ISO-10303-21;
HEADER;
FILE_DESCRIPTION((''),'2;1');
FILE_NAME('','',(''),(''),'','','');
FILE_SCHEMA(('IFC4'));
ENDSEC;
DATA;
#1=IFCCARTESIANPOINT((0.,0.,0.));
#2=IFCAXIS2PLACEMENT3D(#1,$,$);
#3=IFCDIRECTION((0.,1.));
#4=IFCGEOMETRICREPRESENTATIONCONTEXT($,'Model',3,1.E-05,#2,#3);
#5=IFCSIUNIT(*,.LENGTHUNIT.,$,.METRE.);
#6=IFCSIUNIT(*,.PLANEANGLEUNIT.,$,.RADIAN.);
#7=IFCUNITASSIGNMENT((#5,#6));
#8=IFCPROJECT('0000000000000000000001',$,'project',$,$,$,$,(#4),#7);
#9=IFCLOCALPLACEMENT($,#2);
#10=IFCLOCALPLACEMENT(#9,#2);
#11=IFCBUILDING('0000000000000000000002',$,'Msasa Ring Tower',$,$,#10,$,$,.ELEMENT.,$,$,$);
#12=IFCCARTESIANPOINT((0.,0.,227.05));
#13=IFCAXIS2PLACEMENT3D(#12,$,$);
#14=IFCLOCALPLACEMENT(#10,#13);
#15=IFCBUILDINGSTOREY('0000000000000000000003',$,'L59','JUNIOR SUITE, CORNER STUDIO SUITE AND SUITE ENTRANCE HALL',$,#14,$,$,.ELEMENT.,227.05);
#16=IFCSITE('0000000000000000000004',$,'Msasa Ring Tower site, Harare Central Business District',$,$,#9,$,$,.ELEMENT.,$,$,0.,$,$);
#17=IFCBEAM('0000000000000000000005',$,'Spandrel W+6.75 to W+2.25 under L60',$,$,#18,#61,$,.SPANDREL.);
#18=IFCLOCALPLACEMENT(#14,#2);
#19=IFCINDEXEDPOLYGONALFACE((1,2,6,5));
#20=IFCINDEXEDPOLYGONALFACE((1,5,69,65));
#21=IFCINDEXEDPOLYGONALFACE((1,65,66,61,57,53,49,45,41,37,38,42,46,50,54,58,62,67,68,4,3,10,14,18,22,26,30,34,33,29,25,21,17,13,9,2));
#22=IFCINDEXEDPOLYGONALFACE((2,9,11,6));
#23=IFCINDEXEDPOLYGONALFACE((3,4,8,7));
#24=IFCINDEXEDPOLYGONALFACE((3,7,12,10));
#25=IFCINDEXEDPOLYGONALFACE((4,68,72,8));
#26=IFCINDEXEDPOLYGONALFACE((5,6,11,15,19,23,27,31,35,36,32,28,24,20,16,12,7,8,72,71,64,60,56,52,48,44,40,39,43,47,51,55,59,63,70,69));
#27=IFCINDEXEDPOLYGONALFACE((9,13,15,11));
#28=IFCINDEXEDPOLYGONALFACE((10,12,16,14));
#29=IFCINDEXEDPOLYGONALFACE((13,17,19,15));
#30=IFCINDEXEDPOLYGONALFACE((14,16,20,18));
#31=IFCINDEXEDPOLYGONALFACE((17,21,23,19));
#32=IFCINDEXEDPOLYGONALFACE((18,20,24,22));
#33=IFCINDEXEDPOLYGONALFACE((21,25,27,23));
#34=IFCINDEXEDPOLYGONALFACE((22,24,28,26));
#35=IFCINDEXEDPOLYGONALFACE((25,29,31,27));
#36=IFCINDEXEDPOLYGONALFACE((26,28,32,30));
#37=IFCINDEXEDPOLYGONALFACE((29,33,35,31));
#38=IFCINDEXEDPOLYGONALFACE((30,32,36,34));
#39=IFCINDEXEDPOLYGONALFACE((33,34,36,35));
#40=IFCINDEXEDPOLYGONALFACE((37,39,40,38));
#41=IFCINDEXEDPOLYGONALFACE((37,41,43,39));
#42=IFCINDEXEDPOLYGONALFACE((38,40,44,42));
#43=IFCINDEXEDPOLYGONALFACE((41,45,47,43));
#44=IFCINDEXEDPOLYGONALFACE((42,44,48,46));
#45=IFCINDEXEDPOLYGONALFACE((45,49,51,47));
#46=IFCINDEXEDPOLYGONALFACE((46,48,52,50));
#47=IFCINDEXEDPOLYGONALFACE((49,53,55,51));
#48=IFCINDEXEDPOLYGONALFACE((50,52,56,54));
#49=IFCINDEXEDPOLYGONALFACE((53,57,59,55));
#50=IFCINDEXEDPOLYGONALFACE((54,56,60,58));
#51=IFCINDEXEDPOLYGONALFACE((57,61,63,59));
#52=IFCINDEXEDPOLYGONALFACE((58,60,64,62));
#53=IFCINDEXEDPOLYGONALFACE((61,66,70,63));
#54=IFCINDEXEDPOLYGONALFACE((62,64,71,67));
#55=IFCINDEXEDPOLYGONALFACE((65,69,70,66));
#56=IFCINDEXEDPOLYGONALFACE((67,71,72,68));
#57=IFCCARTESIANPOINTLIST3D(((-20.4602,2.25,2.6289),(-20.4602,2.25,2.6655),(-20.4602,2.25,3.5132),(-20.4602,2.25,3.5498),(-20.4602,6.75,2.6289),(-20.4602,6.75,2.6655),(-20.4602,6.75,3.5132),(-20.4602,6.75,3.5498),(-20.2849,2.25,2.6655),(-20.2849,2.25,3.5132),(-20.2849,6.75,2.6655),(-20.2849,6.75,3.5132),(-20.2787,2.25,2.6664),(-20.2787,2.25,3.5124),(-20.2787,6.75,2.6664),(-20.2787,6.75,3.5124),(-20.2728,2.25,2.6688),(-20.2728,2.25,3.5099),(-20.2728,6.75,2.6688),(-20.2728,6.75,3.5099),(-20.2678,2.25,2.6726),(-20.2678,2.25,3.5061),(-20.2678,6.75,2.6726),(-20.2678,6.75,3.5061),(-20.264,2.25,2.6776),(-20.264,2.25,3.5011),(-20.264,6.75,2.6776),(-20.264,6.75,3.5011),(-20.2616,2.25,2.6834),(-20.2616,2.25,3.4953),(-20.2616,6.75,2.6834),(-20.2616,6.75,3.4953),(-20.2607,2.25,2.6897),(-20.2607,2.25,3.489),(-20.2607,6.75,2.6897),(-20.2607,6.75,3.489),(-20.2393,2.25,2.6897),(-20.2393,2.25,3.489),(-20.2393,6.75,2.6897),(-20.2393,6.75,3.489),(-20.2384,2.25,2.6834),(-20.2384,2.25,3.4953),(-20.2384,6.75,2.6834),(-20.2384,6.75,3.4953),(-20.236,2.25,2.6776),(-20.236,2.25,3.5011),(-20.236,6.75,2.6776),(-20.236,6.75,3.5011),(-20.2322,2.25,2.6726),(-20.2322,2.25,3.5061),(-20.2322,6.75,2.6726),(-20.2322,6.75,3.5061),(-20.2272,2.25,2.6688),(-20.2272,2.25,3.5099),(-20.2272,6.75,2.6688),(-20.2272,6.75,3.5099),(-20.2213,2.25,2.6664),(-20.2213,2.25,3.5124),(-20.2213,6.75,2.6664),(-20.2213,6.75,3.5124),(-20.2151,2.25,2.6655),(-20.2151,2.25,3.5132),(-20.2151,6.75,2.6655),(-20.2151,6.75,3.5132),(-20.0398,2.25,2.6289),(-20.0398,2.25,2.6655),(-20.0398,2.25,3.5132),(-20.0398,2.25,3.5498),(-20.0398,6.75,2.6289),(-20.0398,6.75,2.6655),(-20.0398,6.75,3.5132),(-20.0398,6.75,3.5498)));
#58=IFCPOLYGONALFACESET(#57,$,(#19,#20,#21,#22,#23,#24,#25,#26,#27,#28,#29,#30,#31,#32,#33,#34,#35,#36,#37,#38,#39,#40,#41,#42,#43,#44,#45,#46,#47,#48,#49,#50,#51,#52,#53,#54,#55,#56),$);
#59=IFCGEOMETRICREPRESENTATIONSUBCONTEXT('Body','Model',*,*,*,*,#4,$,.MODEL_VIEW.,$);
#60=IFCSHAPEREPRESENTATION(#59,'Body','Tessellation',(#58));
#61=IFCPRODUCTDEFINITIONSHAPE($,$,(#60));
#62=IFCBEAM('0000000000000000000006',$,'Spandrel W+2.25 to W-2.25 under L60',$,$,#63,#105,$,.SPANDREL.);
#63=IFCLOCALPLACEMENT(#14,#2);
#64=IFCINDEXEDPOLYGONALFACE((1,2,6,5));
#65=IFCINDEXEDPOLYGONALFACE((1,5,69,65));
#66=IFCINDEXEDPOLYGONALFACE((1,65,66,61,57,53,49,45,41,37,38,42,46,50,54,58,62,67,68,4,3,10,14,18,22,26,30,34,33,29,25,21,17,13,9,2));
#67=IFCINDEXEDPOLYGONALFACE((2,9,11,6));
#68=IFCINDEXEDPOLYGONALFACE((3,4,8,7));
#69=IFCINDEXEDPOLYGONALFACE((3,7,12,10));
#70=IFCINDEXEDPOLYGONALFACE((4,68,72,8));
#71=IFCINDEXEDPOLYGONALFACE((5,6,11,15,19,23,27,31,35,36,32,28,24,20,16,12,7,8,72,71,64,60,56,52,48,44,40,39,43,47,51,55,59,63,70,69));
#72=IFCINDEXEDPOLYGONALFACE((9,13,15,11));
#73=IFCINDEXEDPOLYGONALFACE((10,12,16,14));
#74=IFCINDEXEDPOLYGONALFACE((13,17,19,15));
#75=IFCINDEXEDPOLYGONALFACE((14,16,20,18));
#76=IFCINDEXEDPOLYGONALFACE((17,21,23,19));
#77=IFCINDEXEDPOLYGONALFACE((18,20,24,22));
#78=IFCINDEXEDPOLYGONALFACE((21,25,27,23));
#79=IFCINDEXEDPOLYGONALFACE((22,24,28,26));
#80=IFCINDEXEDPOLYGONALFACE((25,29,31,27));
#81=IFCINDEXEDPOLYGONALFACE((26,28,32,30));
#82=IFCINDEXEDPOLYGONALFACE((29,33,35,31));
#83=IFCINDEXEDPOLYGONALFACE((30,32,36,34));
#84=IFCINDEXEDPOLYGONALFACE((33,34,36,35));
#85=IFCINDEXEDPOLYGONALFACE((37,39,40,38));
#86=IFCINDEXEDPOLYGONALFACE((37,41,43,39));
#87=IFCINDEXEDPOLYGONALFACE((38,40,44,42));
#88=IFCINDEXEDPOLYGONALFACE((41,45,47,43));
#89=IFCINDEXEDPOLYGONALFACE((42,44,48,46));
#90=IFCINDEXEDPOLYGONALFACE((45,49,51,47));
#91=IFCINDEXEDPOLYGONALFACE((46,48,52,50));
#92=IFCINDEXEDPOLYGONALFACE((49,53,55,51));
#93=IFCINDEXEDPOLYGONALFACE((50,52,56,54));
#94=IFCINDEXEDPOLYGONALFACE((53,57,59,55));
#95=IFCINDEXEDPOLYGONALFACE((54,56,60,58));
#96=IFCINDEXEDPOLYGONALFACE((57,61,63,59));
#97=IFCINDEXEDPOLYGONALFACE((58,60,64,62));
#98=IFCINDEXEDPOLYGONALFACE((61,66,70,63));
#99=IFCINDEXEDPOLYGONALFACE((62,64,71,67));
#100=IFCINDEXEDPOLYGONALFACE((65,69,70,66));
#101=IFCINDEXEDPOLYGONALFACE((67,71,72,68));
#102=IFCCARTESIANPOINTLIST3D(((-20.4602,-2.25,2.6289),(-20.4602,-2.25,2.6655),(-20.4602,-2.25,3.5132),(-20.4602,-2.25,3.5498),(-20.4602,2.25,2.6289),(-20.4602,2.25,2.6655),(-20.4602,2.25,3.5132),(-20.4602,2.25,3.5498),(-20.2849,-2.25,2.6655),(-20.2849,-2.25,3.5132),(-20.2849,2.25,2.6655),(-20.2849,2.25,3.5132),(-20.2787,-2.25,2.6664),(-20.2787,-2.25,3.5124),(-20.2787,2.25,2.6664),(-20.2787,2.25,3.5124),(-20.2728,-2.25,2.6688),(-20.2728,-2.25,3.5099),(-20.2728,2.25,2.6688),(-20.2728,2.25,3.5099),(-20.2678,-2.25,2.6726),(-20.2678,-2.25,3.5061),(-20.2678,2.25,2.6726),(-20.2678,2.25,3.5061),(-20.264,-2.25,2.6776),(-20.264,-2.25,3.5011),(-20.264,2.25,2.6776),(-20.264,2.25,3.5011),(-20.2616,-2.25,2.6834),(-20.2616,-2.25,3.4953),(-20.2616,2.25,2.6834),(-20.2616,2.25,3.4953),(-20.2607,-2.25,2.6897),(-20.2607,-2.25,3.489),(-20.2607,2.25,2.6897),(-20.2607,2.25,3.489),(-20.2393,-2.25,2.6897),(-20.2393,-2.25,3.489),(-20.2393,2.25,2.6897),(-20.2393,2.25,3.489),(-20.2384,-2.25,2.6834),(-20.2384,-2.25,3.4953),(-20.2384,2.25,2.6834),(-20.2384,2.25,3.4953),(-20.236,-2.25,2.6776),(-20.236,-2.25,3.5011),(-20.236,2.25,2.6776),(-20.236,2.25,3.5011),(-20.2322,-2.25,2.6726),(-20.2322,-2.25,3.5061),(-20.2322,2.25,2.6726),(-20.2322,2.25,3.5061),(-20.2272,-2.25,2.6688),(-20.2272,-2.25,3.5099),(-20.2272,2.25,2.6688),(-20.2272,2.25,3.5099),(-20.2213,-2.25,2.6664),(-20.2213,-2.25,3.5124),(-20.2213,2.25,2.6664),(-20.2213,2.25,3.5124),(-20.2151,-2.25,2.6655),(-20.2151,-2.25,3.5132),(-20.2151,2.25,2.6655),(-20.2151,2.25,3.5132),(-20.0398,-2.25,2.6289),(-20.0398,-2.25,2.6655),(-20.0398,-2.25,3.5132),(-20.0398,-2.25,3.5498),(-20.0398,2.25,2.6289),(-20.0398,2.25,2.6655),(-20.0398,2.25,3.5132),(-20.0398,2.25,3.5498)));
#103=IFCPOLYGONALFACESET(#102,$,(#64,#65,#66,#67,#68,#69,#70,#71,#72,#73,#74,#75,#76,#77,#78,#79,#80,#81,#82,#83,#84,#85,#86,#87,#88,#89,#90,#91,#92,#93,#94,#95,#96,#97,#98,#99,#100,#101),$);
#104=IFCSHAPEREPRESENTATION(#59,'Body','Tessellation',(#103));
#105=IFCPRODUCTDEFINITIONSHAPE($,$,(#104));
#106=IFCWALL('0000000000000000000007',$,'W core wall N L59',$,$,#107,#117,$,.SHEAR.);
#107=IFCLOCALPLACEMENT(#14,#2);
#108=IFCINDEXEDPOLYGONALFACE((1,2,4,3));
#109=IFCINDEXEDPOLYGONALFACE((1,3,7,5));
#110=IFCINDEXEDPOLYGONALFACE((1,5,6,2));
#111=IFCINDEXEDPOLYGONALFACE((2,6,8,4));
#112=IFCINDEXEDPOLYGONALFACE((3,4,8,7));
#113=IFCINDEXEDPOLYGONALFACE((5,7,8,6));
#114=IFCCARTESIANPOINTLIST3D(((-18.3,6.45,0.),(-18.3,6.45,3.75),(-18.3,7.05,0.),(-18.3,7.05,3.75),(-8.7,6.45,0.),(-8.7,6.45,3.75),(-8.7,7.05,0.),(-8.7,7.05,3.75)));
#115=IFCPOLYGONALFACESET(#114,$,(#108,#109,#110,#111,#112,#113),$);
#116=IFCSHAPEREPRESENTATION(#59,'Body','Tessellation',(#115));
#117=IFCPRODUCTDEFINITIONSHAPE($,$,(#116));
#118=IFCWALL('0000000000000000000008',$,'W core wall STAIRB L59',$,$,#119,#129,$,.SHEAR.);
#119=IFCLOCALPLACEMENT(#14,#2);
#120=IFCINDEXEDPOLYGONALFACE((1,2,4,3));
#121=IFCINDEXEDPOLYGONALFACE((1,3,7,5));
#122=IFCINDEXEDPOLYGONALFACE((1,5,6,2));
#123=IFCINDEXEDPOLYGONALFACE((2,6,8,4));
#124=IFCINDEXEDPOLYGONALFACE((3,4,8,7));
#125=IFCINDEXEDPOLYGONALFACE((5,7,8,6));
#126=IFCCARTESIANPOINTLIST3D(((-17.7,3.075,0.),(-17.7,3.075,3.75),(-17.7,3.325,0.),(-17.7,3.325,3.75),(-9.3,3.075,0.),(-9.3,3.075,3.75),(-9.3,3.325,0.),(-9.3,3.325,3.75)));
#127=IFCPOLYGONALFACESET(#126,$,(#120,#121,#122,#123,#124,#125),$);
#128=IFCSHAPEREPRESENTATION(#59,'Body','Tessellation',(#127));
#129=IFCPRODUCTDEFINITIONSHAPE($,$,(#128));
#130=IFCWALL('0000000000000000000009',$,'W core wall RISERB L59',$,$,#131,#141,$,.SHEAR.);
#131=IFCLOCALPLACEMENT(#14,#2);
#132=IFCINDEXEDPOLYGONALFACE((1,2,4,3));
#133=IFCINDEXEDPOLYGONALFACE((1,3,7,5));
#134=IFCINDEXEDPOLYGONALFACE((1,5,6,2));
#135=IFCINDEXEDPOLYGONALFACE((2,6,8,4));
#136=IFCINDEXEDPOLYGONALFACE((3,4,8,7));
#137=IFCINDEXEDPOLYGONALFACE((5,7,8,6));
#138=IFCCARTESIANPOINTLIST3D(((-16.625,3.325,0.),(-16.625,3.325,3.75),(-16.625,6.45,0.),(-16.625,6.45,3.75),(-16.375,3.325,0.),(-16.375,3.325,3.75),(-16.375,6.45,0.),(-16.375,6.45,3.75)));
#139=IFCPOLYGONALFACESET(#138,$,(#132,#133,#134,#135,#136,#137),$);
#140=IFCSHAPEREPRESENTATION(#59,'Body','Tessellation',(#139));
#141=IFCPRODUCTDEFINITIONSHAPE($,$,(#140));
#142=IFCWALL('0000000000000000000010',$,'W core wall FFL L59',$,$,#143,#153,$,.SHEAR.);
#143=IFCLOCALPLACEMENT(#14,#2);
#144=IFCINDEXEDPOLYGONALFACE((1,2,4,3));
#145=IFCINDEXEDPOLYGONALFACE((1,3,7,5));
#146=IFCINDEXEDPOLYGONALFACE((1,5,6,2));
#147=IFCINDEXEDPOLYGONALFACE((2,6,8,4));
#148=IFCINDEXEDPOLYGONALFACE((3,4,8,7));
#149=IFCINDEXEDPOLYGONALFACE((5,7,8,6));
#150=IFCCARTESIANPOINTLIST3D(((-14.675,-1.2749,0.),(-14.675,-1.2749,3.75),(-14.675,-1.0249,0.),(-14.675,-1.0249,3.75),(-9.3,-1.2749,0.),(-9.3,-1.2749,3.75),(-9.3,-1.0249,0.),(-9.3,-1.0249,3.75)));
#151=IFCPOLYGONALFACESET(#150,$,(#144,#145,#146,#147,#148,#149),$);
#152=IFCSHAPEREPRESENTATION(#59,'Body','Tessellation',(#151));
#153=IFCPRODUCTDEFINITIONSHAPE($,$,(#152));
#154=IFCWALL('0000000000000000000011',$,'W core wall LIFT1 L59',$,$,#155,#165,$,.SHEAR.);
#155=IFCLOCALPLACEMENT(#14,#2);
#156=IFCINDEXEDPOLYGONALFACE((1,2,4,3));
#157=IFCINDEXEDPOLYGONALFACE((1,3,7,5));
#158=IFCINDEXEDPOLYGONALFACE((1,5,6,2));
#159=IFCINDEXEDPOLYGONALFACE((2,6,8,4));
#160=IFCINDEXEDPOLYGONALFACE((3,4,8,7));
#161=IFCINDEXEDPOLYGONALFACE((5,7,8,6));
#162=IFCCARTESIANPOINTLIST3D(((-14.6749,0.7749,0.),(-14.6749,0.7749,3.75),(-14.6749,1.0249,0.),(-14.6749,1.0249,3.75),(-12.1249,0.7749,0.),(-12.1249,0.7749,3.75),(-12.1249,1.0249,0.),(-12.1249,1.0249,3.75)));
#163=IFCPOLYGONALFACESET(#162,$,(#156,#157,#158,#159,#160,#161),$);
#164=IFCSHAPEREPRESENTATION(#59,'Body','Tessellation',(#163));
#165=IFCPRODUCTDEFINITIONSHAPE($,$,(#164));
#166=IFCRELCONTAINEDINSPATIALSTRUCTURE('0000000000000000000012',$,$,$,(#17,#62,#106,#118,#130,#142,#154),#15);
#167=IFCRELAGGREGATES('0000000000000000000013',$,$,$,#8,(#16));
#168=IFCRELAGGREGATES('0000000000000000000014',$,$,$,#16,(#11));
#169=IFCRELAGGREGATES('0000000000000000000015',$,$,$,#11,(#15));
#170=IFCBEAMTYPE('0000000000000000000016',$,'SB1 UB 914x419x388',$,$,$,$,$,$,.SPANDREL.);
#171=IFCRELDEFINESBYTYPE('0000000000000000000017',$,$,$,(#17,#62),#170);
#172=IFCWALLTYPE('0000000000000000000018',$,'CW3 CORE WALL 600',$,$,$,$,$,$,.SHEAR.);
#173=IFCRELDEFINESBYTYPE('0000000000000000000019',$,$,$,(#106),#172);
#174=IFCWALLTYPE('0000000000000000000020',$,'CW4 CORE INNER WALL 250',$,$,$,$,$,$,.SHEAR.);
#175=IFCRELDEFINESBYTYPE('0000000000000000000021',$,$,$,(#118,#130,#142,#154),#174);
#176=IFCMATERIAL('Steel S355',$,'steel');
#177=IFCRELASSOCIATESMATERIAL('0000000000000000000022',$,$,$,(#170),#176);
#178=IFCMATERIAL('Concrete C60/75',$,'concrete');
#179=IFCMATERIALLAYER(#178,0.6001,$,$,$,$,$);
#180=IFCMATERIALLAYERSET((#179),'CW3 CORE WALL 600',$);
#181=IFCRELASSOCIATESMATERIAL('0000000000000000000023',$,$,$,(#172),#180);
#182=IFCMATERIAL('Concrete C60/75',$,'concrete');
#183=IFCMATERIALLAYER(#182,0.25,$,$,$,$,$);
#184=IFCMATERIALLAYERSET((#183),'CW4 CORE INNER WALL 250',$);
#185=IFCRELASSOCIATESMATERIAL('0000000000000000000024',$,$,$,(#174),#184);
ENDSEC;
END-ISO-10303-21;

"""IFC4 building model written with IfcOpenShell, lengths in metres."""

from ifc_helpers import new_model, si_unit, direction, frame, frame_2d, origin, origin_2d, place, context, subcontext, project, spatial, rectangle, i_section, extrude, material, layer, layer_set, material_profile, profile_set, type_object, element, save


model = new_model("IFC4")

# Units and contexts
model_context = context("Model", 3, precision=1e-05, world=origin(), true_north=direction((0.0, 1.0)))
body_context = subcontext(model_context, "Body", "Model", "MODEL_VIEW")
ifc_project = project(units=[si_unit("LENGTHUNIT", "METRE"), si_unit("PLANEANGLEUNIT", "RADIAN")], contexts=[model_context])

# Site, building, storey
site_placement = place(None, origin())
site = spatial("IfcSite", under=ifc_project, at=site_placement, Name="Msasa Ring Tower site, Harare Central Business District", CompositionType="ELEMENT", RefElevation=0.0)
building_placement = place(site_placement, origin())
building = spatial("IfcBuilding", under=site, at=building_placement, Name="Msasa Ring Tower", CompositionType="ELEMENT")
storey_placement = place(building_placement, frame((0.0, 0.0, 227.05)))
storey = spatial("IfcBuildingStorey", under=building, at=storey_placement, Name="L59", Description="JUNIOR SUITE, CORNER STUDIO SUITE AND SUITE ENTRANCE HALL", CompositionType="ELEMENT", Elevation=227.05)

# Beams
ifc_material_1 = material(Name="Steel S355", Category="steel")
ifc_material_profile_1 = material_profile(ifc_material_1, i_section(OverallWidth=0.4204, OverallDepth=0.9209, WebThickness=0.0215, FlangeThickness=0.0366, FilletRadius=0.0242, at=origin_2d()), Name="UB 914x419x388")
ifc_profile_set_1 = profile_set([ifc_material_profile_1], Name="Steel S355")
beam_type_1 = type_object("IfcBeamType", Name="SB1 UB 914x419x388", PredefinedType="SPANDREL", material=ifc_profile_set_1)
for number, where, z_axis, x_axis, name in (
    (1, (-20.25, 6.75, 3.0894), (0.0, -1.0, 0.0), (1.0, 0.0, 0.0), "Spandrel W+6.75 to W+2.25 under L60"),
    (2, (-20.25, 2.25, 3.0894), (0.0, -1.0, 0.0), (1.0, 0.0, 0.0), "Spandrel W+2.25 to W-2.25 under L60"),
):
    element("IfcBeam", number, at=place(storey_placement, frame(where, z_axis=z_axis, x_axis=x_axis)), inside=storey, type_object=beam_type_1, Name=name, PredefinedType="SPANDREL", context=body_context, shape_type="SweptSolid", body=[
        extrude(i_section(OverallWidth=0.4204, OverallDepth=0.9209, WebThickness=0.0215, FlangeThickness=0.0366, FilletRadius=0.0242, at=origin_2d()), origin(), (0.0, 0.0, 1.0), 4.5),
    ])

# Walls
ifc_material_2 = material(Name="Concrete C60/75", Category="concrete")
ifc_layer_1 = layer(ifc_material_2, 0.6001)
ifc_layer_set_1 = layer_set([ifc_layer_1], Name="CW3 CORE WALL 600")
wall_type_1 = type_object("IfcWallType", Name="CW3 CORE WALL 600", PredefinedType="SHEAR", material=ifc_layer_set_1)
wall_1_placement = place(storey_placement, frame((-8.7, 6.75, 0.0), z_axis=(0.0, 0.0, 1.0), x_axis=(-1.0, 0.0, 0.0)))
element("IfcWall", 3, at=wall_1_placement, inside=storey, type_object=wall_type_1, Name="W core wall N L59", PredefinedType="SHEAR", context=body_context, shape_type="SweptSolid", body=[
    extrude(rectangle(XDim=9.6001, YDim=0.6001, at=frame_2d((4.8, 0.0))), origin(), (0.0, 0.0, 1.0), 3.75),
])
ifc_material_3 = material(Name="Concrete C60/75", Category="concrete")
ifc_layer_2 = layer(ifc_material_3, 0.25)
ifc_layer_set_2 = layer_set([ifc_layer_2], Name="CW4 CORE INNER WALL 250")
wall_type_2 = type_object("IfcWallType", Name="CW4 CORE INNER WALL 250", PredefinedType="SHEAR", material=ifc_layer_set_2)
wall_2_placement = place(storey_placement, frame((-9.3, 3.2, 0.0), z_axis=(0.0, 0.0, 1.0), x_axis=(-1.0, 0.0, 0.0)))
element("IfcWall", 4, at=wall_2_placement, inside=storey, type_object=wall_type_2, Name="W core wall STAIRB L59", PredefinedType="SHEAR", context=body_context, shape_type="SweptSolid", body=[
    extrude(rectangle(XDim=8.3999, YDim=0.25, at=frame_2d((4.2, 0.0))), origin(), (0.0, 0.0, 1.0), 3.75),
])
wall_3_placement = place(storey_placement, frame((-16.5, 3.325, 0.0), z_axis=(0.0, 0.0, 1.0), x_axis=(0.0, 1.0, 0.0)))
element("IfcWall", 5, at=wall_3_placement, inside=storey, type_object=wall_type_2, Name="W core wall RISERB L59", PredefinedType="SHEAR", context=body_context, shape_type="SweptSolid", body=[
    extrude(rectangle(XDim=3.125, YDim=0.25, at=frame_2d((1.5625, 0.0))), origin(), (0.0, 0.0, 1.0), 3.75),
])
wall_4_placement = place(storey_placement, frame((-9.3, -1.1499, 0.0), z_axis=(0.0, 0.0, 1.0), x_axis=(-1.0, 0.0, 0.0)))
element("IfcWall", 6, at=wall_4_placement, inside=storey, type_object=wall_type_2, Name="W core wall FFL L59", PredefinedType="SHEAR", context=body_context, shape_type="SweptSolid", body=[
    extrude(rectangle(XDim=5.375, YDim=0.25, at=frame_2d((2.6875, 0.0))), origin(), (0.0, 0.0, 1.0), 3.75),
])
wall_5_placement = place(storey_placement, frame((-12.125, 0.8999, 0.0), z_axis=(0.0, 0.0, 1.0), x_axis=(-1.0, 0.0, 0.0)))
element("IfcWall", 7, at=wall_5_placement, inside=storey, type_object=wall_type_2, Name="W core wall LIFT1 L59", PredefinedType="SHEAR", context=body_context, shape_type="SweptSolid", body=[
    extrude(rectangle(XDim=2.55, YDim=0.25, at=frame_2d((1.2749, 0.0))), origin(), (0.0, 0.0, 1.0), 3.75),
])

save(model, "model.ifc")
